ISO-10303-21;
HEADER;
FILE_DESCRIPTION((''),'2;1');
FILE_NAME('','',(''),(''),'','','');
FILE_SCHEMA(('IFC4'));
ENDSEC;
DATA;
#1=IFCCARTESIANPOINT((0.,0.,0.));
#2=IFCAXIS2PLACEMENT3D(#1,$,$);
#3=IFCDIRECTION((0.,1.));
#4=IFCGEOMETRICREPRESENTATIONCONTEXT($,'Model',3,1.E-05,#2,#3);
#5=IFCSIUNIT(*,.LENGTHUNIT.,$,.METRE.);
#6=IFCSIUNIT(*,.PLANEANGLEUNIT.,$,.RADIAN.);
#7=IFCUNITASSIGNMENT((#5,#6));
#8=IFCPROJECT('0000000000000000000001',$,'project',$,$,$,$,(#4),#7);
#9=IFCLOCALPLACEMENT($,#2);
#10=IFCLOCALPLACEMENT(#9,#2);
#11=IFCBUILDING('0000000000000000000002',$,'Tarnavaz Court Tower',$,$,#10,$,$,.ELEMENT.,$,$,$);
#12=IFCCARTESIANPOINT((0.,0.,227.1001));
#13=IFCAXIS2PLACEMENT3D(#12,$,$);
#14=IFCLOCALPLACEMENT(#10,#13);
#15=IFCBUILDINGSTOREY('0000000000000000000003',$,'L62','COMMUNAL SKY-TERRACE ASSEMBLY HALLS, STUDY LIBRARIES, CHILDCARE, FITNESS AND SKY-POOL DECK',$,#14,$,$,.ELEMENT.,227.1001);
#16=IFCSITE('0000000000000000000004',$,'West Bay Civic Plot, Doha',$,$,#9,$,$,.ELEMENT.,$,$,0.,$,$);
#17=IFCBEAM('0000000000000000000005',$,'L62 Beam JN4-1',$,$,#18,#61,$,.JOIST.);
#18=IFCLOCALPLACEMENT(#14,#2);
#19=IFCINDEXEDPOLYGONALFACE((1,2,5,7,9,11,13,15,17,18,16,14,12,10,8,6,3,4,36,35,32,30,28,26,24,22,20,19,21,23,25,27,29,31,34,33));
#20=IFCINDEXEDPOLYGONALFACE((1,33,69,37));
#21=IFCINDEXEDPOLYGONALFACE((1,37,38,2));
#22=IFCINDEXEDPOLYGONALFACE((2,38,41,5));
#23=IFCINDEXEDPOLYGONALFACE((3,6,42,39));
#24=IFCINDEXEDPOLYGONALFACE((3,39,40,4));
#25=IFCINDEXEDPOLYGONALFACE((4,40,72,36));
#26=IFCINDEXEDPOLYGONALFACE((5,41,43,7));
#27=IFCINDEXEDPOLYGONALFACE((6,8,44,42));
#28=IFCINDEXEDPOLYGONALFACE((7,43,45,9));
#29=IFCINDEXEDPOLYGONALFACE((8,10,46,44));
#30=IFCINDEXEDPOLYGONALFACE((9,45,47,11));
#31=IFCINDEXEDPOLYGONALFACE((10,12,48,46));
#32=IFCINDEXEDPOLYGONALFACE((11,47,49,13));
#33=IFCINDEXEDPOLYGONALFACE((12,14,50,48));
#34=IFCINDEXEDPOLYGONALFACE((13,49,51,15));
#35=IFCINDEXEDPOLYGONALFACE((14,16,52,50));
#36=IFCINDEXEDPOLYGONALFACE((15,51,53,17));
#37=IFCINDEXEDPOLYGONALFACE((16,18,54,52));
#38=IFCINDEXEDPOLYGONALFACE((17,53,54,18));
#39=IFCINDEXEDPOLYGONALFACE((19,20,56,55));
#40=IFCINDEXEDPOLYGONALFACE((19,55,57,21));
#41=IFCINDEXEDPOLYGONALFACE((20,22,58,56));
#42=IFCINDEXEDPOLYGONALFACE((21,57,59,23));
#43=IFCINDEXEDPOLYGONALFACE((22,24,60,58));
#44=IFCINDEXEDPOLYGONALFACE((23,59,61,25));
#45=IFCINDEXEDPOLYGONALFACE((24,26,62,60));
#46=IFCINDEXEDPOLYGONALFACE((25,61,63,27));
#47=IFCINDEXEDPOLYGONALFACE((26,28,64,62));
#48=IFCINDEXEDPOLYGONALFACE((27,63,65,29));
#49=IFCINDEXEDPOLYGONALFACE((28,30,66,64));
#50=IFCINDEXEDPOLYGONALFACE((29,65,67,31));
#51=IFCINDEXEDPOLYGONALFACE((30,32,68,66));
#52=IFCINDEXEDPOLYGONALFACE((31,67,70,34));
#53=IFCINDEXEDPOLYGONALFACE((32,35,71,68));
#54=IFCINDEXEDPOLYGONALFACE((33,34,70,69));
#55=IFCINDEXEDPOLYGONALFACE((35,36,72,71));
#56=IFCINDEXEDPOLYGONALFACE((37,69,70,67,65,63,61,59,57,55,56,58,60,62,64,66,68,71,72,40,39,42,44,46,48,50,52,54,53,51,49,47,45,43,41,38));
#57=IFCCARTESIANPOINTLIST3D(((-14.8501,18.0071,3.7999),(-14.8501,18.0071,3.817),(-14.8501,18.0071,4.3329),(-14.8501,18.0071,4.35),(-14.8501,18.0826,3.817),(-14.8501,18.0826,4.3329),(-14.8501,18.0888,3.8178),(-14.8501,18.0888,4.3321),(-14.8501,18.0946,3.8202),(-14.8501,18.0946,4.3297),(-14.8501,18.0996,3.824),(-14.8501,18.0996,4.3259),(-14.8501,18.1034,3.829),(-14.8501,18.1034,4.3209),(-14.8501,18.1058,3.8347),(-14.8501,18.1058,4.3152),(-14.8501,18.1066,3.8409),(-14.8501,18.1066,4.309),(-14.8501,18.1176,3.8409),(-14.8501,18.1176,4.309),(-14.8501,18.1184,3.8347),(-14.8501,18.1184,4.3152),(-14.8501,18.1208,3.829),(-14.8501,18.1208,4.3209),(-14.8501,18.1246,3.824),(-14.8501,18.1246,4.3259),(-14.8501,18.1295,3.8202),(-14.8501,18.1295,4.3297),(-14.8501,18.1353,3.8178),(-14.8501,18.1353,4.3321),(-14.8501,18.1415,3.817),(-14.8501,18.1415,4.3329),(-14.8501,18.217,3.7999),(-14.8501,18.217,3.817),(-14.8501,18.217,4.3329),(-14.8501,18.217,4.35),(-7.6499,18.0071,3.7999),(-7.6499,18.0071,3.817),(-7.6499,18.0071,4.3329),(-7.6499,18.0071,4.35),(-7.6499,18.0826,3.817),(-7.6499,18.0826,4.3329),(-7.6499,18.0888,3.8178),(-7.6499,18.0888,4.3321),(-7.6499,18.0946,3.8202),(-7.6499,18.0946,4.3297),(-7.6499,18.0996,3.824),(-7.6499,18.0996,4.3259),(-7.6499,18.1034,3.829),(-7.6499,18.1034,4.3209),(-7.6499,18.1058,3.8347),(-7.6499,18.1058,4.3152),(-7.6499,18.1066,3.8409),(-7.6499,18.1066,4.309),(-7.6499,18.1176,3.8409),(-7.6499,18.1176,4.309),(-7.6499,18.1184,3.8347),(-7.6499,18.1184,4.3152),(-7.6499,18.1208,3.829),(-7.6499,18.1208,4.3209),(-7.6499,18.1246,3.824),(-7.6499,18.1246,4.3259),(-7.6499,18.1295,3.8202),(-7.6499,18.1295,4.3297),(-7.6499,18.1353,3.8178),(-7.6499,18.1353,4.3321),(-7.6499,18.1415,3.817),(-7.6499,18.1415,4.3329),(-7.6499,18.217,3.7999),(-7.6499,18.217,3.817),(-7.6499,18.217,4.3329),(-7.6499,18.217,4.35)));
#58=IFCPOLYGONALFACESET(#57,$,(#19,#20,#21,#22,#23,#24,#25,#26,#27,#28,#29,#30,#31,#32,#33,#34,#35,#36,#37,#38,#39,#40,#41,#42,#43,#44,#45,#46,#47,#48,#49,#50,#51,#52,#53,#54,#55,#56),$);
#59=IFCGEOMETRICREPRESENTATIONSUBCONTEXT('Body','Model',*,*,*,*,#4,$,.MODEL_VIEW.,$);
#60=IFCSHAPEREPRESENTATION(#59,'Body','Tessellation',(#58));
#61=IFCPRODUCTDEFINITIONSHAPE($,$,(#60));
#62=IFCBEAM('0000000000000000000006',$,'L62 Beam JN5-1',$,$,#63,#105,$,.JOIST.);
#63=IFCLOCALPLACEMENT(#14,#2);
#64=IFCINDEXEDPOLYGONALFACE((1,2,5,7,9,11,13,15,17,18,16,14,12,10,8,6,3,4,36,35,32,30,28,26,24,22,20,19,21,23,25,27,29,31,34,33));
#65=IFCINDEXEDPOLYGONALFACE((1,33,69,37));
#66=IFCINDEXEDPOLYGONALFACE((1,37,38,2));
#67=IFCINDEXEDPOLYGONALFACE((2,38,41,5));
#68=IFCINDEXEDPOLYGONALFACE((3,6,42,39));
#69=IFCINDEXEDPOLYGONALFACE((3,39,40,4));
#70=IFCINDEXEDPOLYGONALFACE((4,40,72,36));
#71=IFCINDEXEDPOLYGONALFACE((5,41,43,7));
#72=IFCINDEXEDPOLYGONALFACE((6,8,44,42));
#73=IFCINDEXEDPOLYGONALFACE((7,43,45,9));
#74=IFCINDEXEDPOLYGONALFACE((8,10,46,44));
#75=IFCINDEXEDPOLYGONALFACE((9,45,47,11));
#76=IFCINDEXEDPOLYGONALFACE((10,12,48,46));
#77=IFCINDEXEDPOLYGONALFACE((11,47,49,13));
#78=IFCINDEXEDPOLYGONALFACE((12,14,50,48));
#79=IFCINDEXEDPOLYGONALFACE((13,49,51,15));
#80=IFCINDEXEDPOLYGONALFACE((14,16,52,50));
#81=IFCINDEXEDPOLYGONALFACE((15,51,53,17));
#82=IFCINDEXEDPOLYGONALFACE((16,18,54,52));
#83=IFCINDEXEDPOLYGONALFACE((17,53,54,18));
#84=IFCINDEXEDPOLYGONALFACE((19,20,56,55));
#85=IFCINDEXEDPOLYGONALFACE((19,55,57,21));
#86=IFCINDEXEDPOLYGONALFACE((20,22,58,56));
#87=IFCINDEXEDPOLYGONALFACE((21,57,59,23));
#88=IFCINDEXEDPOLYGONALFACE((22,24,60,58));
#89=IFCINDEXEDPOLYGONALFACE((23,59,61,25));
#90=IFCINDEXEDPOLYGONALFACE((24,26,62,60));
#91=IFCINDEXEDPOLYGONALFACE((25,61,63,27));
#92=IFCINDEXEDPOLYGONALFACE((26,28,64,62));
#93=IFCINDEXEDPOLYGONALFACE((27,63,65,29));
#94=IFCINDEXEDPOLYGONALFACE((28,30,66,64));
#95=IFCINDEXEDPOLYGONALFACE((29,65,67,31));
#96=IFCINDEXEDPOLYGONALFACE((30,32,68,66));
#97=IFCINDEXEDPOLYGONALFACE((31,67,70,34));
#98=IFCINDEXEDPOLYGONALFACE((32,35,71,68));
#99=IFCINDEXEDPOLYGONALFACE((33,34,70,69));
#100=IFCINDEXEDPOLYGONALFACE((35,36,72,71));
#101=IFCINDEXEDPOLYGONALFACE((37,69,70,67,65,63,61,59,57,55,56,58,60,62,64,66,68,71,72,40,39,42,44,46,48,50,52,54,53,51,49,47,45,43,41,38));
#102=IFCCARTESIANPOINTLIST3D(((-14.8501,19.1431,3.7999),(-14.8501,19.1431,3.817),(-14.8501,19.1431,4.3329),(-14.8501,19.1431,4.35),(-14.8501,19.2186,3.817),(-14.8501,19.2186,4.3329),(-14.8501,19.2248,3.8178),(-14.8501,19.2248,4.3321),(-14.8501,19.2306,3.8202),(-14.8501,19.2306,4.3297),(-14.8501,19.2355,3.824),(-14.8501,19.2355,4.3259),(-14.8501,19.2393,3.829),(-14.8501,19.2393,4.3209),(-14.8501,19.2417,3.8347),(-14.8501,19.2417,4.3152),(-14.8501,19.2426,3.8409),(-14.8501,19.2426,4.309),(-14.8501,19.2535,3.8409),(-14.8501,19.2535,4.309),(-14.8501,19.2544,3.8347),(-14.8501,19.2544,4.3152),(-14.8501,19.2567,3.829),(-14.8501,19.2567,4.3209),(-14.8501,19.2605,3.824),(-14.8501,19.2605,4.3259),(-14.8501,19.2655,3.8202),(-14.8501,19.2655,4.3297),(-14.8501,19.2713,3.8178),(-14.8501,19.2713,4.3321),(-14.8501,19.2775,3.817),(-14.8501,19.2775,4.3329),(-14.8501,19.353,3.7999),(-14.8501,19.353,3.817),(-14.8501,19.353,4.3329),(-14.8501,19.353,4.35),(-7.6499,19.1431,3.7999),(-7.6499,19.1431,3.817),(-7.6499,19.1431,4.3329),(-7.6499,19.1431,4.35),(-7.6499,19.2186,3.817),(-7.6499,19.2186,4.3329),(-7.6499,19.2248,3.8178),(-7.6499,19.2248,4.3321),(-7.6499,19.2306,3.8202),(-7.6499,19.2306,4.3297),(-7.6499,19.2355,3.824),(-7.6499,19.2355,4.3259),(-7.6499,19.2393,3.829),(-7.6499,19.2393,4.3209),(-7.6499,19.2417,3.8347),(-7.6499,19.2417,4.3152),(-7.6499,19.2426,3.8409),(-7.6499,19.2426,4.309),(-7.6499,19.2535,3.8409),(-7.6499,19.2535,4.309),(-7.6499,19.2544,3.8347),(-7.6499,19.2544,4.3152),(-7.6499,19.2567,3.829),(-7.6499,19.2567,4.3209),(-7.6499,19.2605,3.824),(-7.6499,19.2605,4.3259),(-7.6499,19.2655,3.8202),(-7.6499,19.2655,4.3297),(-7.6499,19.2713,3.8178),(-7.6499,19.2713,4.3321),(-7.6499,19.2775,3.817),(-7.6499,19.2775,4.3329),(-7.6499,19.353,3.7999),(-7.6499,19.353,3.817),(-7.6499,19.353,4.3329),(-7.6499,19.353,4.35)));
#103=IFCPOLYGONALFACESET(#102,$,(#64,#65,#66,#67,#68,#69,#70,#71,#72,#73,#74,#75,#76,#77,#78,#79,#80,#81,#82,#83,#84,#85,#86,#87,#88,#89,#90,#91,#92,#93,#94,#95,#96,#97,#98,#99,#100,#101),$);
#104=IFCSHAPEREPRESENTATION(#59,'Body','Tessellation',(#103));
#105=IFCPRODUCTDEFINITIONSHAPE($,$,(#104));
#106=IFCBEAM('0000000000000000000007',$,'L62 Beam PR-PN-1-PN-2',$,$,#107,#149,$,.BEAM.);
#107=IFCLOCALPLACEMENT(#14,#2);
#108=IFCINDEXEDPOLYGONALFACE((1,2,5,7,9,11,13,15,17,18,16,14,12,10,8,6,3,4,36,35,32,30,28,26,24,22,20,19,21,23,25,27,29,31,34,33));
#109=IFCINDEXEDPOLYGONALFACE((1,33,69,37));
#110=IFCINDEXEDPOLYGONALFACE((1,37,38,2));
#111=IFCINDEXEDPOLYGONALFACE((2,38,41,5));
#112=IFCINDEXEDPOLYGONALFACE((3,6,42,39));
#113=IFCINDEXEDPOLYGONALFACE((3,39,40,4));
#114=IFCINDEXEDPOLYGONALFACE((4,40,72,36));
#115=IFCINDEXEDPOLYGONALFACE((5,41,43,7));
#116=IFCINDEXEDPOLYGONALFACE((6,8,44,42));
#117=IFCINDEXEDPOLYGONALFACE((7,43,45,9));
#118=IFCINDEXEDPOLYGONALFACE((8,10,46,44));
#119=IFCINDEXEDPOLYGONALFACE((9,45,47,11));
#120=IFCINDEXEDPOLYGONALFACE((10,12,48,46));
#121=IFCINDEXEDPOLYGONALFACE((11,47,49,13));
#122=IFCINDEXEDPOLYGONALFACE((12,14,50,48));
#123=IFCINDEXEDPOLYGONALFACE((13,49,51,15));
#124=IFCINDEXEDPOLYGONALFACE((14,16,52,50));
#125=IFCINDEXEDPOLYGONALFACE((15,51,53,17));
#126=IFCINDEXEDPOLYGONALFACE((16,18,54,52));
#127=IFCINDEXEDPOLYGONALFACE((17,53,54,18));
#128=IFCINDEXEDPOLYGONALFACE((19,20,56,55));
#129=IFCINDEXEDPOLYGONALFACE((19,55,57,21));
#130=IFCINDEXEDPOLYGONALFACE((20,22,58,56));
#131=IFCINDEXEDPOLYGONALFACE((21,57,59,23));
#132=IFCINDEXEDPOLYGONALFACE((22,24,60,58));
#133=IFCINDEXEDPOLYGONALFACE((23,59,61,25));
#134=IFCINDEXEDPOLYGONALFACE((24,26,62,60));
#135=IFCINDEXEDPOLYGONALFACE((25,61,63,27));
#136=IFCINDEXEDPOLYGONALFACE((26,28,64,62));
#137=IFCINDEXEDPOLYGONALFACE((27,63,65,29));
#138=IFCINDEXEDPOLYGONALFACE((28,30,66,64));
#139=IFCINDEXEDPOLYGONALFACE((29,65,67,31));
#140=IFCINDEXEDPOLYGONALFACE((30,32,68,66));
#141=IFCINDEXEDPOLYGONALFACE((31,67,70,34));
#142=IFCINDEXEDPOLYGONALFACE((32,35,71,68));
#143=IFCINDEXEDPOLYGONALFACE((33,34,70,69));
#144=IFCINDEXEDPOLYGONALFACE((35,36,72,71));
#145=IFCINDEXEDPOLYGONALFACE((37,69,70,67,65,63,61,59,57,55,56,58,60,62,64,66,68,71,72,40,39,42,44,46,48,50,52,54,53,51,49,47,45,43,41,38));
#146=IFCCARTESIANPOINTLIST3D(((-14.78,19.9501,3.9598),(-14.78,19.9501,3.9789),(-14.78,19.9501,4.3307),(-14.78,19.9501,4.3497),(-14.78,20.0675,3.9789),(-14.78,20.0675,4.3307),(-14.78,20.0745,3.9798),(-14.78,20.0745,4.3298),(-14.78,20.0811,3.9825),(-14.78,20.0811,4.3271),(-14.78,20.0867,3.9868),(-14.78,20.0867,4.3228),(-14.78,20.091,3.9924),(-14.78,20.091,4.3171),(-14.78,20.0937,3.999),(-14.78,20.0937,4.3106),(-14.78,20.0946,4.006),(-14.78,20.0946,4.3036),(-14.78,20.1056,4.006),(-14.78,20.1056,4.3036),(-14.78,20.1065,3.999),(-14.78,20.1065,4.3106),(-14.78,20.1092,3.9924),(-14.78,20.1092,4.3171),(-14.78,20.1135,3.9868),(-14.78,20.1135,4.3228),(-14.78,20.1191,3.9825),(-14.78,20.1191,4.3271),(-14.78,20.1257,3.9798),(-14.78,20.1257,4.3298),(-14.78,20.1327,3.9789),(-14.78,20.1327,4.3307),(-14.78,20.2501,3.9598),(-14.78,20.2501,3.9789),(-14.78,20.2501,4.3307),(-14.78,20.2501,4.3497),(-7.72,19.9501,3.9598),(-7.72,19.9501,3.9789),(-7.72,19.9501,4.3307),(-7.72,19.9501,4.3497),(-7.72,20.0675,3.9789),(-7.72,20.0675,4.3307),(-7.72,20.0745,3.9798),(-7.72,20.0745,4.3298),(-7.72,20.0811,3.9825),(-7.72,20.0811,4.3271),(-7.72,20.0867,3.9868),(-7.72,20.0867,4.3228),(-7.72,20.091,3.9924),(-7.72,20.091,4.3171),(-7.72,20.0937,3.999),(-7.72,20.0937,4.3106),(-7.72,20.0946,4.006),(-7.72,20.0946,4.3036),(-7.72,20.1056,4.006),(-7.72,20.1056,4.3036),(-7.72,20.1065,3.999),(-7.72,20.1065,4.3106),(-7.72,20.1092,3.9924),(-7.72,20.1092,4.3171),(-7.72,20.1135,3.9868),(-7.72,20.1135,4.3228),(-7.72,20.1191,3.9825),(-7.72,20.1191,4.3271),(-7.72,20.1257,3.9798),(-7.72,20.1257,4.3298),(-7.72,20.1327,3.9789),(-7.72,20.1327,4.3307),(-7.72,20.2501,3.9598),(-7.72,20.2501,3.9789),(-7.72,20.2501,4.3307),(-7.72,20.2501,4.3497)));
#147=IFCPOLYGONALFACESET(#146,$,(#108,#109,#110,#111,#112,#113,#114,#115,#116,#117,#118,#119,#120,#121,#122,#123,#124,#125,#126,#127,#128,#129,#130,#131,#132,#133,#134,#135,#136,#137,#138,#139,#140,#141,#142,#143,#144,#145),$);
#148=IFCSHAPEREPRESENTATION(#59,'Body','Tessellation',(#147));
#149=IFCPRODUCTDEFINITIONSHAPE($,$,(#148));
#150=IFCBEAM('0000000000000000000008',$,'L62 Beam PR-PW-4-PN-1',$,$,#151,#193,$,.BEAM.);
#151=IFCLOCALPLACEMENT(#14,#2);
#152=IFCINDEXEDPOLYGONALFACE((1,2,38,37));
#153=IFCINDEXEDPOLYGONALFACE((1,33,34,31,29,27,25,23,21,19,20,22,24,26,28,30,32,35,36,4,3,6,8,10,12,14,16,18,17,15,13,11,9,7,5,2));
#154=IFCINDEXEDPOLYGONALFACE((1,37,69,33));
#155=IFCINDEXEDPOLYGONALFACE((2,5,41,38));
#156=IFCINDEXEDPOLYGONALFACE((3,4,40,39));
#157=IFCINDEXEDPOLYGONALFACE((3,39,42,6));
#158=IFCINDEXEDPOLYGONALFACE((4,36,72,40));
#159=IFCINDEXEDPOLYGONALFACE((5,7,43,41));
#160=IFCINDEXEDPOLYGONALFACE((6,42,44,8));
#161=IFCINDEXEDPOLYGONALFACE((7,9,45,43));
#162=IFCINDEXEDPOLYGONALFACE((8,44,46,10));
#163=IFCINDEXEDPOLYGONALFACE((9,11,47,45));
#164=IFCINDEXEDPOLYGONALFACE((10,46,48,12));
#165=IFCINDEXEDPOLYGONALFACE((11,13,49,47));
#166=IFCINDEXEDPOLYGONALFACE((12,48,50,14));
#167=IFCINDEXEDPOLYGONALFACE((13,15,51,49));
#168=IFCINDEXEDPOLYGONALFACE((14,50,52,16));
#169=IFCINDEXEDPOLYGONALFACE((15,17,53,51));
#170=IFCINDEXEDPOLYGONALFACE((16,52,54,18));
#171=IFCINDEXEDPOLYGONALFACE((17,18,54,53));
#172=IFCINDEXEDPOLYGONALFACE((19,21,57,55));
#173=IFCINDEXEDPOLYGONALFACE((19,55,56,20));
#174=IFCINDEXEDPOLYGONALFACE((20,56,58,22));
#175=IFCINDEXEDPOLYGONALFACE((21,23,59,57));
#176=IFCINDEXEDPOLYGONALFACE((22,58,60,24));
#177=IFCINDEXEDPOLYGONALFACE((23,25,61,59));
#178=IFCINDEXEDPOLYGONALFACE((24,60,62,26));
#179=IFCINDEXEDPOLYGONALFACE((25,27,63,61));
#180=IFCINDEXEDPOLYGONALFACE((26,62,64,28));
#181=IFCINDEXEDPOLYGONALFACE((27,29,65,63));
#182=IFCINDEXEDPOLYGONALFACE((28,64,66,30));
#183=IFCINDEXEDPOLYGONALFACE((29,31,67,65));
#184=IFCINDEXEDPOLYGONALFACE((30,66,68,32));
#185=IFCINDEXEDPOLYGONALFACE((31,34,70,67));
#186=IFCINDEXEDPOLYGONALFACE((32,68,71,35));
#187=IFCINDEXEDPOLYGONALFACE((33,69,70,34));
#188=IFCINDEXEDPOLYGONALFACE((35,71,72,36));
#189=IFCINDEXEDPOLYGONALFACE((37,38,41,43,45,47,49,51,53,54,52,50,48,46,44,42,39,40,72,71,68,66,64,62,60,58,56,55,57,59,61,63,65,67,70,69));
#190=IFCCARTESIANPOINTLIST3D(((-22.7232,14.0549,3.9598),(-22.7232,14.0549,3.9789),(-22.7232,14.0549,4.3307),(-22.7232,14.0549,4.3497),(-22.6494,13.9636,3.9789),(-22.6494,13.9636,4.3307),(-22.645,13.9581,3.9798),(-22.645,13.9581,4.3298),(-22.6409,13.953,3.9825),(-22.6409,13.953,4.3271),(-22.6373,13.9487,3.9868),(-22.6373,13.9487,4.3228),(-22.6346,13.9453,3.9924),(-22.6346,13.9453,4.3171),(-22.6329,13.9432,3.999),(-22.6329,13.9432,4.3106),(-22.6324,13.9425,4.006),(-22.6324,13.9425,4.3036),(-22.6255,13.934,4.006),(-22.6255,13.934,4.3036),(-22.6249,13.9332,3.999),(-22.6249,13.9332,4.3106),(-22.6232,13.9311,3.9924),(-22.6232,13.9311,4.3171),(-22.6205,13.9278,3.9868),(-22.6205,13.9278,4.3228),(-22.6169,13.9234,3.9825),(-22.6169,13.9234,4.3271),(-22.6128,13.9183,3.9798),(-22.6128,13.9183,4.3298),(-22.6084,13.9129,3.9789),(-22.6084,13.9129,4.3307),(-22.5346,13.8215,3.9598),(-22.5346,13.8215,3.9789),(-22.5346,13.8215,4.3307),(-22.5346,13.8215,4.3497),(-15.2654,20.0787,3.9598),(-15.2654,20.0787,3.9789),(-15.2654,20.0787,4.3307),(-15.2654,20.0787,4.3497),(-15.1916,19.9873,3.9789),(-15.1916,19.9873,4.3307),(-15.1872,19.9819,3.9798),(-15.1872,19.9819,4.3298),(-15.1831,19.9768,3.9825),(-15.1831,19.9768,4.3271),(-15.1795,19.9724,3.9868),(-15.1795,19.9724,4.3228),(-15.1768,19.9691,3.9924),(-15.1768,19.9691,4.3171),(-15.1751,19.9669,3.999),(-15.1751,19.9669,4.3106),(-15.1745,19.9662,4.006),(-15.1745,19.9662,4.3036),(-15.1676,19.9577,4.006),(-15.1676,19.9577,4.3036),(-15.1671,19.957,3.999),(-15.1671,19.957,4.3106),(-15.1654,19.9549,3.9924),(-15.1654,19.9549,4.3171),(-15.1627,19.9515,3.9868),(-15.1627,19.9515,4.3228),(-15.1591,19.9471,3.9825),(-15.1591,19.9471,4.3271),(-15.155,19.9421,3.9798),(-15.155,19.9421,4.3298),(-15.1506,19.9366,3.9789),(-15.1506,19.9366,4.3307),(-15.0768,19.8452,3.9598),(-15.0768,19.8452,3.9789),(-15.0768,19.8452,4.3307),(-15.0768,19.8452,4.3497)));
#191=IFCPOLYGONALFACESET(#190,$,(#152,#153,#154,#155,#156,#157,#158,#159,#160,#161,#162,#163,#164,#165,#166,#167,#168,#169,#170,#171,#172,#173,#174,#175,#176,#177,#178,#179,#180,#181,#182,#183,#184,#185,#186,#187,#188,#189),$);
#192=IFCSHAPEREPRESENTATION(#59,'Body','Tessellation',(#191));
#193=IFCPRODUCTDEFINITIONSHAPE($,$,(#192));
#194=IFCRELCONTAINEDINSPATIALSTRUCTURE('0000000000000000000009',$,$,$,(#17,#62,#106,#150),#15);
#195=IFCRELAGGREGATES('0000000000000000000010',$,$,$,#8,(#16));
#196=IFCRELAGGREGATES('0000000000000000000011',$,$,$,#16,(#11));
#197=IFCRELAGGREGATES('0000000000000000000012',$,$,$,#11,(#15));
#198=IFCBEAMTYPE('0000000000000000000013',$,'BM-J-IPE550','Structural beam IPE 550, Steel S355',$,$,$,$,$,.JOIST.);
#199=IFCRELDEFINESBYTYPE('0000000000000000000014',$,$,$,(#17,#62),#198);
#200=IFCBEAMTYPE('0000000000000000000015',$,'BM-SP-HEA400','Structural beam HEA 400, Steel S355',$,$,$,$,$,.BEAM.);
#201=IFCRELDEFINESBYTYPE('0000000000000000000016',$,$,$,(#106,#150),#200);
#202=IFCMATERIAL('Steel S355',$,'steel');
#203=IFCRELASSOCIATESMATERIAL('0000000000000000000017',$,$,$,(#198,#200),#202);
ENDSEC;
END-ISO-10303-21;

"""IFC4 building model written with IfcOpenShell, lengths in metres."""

from ifc_helpers import new_model, si_unit, direction, frame, origin, origin_2d, place, context, subcontext, project, spatial, i_section, extrude, material, material_profile, profile_set, type_object, element, save


model = new_model("IFC4")

# Units and contexts
model_context = context("Model", 3, precision=1e-05, world=origin(), true_north=direction((0.0, 1.0)))
body_context = subcontext(model_context, "Body", "Model", "MODEL_VIEW")
ifc_project = project(units=[si_unit("LENGTHUNIT", "METRE"), si_unit("PLANEANGLEUNIT", "RADIAN")], contexts=[model_context])

# Site, building, storey
site_placement = place(None, origin())
site = spatial("IfcSite", under=ifc_project, at=site_placement, Name="West Bay Civic Plot, Doha", CompositionType="ELEMENT", RefElevation=0.0)
building_placement = place(site_placement, origin())
building = spatial("IfcBuilding", under=site, at=building_placement, Name="Tarnavaz Court Tower", CompositionType="ELEMENT")
storey_placement = place(building_placement, frame((0.0, 0.0, 227.1001)))
storey = spatial("IfcBuildingStorey", under=building, at=storey_placement, Name="L62", Description="COMMUNAL SKY-TERRACE ASSEMBLY HALLS, STUDY LIBRARIES, CHILDCARE, FITNESS AND SKY-POOL DECK", CompositionType="ELEMENT", Elevation=227.1001)

# Beams
ifc_material_1 = material(Name="Steel S355", Category="steel")
ifc_material_profile_1 = material_profile(ifc_material_1, i_section(OverallWidth=0.21, OverallDepth=0.55, WebThickness=0.011, FlangeThickness=0.0171, FilletRadius=0.0239, at=origin_2d()), Name="IPE 550")
ifc_profile_set_1 = profile_set([ifc_material_profile_1], Name="Steel S355")
beam_type_1 = type_object("IfcBeamType", Name="BM-J-IPE550", Description="Structural beam IPE 550, Steel S355", PredefinedType="JOIST", material=ifc_profile_set_1)
for number, where, z_axis, x_axis, name in (
    (1, (-14.8501, 18.1121, 4.075), (1.0, 0.0, 0.0), (0.0, 1.0, 0.0), "L62 Beam JN4-1"),
    (2, (-14.8501, 19.248, 4.075), (1.0, 0.0, 0.0), (0.0, 1.0, 0.0), "L62 Beam JN5-1"),
):
    element("IfcBeam", number, at=place(storey_placement, frame(where, z_axis=z_axis, x_axis=x_axis)), inside=storey, type_object=beam_type_1, Name=name, PredefinedType="JOIST", context=body_context, shape_type="SweptSolid", body=[
        extrude(i_section(OverallWidth=0.21, OverallDepth=0.55, WebThickness=0.011, FlangeThickness=0.0171, FilletRadius=0.0239, at=origin_2d()), origin(), (0.0, 0.0, 1.0), 7.2002),
    ])
ifc_material_profile_2 = material_profile(ifc_material_1, i_section(OverallWidth=0.3, OverallDepth=0.3899, WebThickness=0.011, FlangeThickness=0.019, FilletRadius=0.0271, at=origin_2d()), Name="HEA 400")
ifc_profile_set_2 = profile_set([ifc_material_profile_2], Name="Steel S355")
beam_type_2 = type_object("IfcBeamType", Name="BM-SP-HEA400", Description="Structural beam HEA 400, Steel S355", PredefinedType="BEAM", material=ifc_profile_set_2)
beam_1_placement = place(storey_placement, frame((-14.78, 20.1001, 4.1548), z_axis=(1.0, 0.0, 0.0), x_axis=(0.0, 1.0, 0.0)))
element("IfcBeam", 3, at=beam_1_placement, inside=storey, type_object=beam_type_2, Name="L62 Beam PR-PN-1-PN-2", PredefinedType="BEAM", context=body_context, shape_type="SweptSolid", body=[
    extrude(i_section(OverallWidth=0.3, OverallDepth=0.3899, WebThickness=0.011, FlangeThickness=0.019, FilletRadius=0.0271, at=origin_2d()), origin(), (0.0, 0.0, 1.0), 7.0601),
])
beam_2_placement = place(storey_placement, frame((-22.6289, 13.9382, 4.1548), z_axis=(0.777936, 0.628344, 0.0), x_axis=(-0.628344, 0.777936, 0.0)))
element("IfcBeam", 4, at=beam_2_placement, inside=storey, type_object=beam_type_2, Name="L62 Beam PR-PW-4-PN-1", PredefinedType="BEAM", context=body_context, shape_type="SweptSolid", body=[
    extrude(i_section(OverallWidth=0.3, OverallDepth=0.3899, WebThickness=0.011, FlangeThickness=0.019, FilletRadius=0.0271, at=origin_2d()), origin(), (0.0, 0.0, 1.0), 9.5867),
])

save(model, "model.ifc")
